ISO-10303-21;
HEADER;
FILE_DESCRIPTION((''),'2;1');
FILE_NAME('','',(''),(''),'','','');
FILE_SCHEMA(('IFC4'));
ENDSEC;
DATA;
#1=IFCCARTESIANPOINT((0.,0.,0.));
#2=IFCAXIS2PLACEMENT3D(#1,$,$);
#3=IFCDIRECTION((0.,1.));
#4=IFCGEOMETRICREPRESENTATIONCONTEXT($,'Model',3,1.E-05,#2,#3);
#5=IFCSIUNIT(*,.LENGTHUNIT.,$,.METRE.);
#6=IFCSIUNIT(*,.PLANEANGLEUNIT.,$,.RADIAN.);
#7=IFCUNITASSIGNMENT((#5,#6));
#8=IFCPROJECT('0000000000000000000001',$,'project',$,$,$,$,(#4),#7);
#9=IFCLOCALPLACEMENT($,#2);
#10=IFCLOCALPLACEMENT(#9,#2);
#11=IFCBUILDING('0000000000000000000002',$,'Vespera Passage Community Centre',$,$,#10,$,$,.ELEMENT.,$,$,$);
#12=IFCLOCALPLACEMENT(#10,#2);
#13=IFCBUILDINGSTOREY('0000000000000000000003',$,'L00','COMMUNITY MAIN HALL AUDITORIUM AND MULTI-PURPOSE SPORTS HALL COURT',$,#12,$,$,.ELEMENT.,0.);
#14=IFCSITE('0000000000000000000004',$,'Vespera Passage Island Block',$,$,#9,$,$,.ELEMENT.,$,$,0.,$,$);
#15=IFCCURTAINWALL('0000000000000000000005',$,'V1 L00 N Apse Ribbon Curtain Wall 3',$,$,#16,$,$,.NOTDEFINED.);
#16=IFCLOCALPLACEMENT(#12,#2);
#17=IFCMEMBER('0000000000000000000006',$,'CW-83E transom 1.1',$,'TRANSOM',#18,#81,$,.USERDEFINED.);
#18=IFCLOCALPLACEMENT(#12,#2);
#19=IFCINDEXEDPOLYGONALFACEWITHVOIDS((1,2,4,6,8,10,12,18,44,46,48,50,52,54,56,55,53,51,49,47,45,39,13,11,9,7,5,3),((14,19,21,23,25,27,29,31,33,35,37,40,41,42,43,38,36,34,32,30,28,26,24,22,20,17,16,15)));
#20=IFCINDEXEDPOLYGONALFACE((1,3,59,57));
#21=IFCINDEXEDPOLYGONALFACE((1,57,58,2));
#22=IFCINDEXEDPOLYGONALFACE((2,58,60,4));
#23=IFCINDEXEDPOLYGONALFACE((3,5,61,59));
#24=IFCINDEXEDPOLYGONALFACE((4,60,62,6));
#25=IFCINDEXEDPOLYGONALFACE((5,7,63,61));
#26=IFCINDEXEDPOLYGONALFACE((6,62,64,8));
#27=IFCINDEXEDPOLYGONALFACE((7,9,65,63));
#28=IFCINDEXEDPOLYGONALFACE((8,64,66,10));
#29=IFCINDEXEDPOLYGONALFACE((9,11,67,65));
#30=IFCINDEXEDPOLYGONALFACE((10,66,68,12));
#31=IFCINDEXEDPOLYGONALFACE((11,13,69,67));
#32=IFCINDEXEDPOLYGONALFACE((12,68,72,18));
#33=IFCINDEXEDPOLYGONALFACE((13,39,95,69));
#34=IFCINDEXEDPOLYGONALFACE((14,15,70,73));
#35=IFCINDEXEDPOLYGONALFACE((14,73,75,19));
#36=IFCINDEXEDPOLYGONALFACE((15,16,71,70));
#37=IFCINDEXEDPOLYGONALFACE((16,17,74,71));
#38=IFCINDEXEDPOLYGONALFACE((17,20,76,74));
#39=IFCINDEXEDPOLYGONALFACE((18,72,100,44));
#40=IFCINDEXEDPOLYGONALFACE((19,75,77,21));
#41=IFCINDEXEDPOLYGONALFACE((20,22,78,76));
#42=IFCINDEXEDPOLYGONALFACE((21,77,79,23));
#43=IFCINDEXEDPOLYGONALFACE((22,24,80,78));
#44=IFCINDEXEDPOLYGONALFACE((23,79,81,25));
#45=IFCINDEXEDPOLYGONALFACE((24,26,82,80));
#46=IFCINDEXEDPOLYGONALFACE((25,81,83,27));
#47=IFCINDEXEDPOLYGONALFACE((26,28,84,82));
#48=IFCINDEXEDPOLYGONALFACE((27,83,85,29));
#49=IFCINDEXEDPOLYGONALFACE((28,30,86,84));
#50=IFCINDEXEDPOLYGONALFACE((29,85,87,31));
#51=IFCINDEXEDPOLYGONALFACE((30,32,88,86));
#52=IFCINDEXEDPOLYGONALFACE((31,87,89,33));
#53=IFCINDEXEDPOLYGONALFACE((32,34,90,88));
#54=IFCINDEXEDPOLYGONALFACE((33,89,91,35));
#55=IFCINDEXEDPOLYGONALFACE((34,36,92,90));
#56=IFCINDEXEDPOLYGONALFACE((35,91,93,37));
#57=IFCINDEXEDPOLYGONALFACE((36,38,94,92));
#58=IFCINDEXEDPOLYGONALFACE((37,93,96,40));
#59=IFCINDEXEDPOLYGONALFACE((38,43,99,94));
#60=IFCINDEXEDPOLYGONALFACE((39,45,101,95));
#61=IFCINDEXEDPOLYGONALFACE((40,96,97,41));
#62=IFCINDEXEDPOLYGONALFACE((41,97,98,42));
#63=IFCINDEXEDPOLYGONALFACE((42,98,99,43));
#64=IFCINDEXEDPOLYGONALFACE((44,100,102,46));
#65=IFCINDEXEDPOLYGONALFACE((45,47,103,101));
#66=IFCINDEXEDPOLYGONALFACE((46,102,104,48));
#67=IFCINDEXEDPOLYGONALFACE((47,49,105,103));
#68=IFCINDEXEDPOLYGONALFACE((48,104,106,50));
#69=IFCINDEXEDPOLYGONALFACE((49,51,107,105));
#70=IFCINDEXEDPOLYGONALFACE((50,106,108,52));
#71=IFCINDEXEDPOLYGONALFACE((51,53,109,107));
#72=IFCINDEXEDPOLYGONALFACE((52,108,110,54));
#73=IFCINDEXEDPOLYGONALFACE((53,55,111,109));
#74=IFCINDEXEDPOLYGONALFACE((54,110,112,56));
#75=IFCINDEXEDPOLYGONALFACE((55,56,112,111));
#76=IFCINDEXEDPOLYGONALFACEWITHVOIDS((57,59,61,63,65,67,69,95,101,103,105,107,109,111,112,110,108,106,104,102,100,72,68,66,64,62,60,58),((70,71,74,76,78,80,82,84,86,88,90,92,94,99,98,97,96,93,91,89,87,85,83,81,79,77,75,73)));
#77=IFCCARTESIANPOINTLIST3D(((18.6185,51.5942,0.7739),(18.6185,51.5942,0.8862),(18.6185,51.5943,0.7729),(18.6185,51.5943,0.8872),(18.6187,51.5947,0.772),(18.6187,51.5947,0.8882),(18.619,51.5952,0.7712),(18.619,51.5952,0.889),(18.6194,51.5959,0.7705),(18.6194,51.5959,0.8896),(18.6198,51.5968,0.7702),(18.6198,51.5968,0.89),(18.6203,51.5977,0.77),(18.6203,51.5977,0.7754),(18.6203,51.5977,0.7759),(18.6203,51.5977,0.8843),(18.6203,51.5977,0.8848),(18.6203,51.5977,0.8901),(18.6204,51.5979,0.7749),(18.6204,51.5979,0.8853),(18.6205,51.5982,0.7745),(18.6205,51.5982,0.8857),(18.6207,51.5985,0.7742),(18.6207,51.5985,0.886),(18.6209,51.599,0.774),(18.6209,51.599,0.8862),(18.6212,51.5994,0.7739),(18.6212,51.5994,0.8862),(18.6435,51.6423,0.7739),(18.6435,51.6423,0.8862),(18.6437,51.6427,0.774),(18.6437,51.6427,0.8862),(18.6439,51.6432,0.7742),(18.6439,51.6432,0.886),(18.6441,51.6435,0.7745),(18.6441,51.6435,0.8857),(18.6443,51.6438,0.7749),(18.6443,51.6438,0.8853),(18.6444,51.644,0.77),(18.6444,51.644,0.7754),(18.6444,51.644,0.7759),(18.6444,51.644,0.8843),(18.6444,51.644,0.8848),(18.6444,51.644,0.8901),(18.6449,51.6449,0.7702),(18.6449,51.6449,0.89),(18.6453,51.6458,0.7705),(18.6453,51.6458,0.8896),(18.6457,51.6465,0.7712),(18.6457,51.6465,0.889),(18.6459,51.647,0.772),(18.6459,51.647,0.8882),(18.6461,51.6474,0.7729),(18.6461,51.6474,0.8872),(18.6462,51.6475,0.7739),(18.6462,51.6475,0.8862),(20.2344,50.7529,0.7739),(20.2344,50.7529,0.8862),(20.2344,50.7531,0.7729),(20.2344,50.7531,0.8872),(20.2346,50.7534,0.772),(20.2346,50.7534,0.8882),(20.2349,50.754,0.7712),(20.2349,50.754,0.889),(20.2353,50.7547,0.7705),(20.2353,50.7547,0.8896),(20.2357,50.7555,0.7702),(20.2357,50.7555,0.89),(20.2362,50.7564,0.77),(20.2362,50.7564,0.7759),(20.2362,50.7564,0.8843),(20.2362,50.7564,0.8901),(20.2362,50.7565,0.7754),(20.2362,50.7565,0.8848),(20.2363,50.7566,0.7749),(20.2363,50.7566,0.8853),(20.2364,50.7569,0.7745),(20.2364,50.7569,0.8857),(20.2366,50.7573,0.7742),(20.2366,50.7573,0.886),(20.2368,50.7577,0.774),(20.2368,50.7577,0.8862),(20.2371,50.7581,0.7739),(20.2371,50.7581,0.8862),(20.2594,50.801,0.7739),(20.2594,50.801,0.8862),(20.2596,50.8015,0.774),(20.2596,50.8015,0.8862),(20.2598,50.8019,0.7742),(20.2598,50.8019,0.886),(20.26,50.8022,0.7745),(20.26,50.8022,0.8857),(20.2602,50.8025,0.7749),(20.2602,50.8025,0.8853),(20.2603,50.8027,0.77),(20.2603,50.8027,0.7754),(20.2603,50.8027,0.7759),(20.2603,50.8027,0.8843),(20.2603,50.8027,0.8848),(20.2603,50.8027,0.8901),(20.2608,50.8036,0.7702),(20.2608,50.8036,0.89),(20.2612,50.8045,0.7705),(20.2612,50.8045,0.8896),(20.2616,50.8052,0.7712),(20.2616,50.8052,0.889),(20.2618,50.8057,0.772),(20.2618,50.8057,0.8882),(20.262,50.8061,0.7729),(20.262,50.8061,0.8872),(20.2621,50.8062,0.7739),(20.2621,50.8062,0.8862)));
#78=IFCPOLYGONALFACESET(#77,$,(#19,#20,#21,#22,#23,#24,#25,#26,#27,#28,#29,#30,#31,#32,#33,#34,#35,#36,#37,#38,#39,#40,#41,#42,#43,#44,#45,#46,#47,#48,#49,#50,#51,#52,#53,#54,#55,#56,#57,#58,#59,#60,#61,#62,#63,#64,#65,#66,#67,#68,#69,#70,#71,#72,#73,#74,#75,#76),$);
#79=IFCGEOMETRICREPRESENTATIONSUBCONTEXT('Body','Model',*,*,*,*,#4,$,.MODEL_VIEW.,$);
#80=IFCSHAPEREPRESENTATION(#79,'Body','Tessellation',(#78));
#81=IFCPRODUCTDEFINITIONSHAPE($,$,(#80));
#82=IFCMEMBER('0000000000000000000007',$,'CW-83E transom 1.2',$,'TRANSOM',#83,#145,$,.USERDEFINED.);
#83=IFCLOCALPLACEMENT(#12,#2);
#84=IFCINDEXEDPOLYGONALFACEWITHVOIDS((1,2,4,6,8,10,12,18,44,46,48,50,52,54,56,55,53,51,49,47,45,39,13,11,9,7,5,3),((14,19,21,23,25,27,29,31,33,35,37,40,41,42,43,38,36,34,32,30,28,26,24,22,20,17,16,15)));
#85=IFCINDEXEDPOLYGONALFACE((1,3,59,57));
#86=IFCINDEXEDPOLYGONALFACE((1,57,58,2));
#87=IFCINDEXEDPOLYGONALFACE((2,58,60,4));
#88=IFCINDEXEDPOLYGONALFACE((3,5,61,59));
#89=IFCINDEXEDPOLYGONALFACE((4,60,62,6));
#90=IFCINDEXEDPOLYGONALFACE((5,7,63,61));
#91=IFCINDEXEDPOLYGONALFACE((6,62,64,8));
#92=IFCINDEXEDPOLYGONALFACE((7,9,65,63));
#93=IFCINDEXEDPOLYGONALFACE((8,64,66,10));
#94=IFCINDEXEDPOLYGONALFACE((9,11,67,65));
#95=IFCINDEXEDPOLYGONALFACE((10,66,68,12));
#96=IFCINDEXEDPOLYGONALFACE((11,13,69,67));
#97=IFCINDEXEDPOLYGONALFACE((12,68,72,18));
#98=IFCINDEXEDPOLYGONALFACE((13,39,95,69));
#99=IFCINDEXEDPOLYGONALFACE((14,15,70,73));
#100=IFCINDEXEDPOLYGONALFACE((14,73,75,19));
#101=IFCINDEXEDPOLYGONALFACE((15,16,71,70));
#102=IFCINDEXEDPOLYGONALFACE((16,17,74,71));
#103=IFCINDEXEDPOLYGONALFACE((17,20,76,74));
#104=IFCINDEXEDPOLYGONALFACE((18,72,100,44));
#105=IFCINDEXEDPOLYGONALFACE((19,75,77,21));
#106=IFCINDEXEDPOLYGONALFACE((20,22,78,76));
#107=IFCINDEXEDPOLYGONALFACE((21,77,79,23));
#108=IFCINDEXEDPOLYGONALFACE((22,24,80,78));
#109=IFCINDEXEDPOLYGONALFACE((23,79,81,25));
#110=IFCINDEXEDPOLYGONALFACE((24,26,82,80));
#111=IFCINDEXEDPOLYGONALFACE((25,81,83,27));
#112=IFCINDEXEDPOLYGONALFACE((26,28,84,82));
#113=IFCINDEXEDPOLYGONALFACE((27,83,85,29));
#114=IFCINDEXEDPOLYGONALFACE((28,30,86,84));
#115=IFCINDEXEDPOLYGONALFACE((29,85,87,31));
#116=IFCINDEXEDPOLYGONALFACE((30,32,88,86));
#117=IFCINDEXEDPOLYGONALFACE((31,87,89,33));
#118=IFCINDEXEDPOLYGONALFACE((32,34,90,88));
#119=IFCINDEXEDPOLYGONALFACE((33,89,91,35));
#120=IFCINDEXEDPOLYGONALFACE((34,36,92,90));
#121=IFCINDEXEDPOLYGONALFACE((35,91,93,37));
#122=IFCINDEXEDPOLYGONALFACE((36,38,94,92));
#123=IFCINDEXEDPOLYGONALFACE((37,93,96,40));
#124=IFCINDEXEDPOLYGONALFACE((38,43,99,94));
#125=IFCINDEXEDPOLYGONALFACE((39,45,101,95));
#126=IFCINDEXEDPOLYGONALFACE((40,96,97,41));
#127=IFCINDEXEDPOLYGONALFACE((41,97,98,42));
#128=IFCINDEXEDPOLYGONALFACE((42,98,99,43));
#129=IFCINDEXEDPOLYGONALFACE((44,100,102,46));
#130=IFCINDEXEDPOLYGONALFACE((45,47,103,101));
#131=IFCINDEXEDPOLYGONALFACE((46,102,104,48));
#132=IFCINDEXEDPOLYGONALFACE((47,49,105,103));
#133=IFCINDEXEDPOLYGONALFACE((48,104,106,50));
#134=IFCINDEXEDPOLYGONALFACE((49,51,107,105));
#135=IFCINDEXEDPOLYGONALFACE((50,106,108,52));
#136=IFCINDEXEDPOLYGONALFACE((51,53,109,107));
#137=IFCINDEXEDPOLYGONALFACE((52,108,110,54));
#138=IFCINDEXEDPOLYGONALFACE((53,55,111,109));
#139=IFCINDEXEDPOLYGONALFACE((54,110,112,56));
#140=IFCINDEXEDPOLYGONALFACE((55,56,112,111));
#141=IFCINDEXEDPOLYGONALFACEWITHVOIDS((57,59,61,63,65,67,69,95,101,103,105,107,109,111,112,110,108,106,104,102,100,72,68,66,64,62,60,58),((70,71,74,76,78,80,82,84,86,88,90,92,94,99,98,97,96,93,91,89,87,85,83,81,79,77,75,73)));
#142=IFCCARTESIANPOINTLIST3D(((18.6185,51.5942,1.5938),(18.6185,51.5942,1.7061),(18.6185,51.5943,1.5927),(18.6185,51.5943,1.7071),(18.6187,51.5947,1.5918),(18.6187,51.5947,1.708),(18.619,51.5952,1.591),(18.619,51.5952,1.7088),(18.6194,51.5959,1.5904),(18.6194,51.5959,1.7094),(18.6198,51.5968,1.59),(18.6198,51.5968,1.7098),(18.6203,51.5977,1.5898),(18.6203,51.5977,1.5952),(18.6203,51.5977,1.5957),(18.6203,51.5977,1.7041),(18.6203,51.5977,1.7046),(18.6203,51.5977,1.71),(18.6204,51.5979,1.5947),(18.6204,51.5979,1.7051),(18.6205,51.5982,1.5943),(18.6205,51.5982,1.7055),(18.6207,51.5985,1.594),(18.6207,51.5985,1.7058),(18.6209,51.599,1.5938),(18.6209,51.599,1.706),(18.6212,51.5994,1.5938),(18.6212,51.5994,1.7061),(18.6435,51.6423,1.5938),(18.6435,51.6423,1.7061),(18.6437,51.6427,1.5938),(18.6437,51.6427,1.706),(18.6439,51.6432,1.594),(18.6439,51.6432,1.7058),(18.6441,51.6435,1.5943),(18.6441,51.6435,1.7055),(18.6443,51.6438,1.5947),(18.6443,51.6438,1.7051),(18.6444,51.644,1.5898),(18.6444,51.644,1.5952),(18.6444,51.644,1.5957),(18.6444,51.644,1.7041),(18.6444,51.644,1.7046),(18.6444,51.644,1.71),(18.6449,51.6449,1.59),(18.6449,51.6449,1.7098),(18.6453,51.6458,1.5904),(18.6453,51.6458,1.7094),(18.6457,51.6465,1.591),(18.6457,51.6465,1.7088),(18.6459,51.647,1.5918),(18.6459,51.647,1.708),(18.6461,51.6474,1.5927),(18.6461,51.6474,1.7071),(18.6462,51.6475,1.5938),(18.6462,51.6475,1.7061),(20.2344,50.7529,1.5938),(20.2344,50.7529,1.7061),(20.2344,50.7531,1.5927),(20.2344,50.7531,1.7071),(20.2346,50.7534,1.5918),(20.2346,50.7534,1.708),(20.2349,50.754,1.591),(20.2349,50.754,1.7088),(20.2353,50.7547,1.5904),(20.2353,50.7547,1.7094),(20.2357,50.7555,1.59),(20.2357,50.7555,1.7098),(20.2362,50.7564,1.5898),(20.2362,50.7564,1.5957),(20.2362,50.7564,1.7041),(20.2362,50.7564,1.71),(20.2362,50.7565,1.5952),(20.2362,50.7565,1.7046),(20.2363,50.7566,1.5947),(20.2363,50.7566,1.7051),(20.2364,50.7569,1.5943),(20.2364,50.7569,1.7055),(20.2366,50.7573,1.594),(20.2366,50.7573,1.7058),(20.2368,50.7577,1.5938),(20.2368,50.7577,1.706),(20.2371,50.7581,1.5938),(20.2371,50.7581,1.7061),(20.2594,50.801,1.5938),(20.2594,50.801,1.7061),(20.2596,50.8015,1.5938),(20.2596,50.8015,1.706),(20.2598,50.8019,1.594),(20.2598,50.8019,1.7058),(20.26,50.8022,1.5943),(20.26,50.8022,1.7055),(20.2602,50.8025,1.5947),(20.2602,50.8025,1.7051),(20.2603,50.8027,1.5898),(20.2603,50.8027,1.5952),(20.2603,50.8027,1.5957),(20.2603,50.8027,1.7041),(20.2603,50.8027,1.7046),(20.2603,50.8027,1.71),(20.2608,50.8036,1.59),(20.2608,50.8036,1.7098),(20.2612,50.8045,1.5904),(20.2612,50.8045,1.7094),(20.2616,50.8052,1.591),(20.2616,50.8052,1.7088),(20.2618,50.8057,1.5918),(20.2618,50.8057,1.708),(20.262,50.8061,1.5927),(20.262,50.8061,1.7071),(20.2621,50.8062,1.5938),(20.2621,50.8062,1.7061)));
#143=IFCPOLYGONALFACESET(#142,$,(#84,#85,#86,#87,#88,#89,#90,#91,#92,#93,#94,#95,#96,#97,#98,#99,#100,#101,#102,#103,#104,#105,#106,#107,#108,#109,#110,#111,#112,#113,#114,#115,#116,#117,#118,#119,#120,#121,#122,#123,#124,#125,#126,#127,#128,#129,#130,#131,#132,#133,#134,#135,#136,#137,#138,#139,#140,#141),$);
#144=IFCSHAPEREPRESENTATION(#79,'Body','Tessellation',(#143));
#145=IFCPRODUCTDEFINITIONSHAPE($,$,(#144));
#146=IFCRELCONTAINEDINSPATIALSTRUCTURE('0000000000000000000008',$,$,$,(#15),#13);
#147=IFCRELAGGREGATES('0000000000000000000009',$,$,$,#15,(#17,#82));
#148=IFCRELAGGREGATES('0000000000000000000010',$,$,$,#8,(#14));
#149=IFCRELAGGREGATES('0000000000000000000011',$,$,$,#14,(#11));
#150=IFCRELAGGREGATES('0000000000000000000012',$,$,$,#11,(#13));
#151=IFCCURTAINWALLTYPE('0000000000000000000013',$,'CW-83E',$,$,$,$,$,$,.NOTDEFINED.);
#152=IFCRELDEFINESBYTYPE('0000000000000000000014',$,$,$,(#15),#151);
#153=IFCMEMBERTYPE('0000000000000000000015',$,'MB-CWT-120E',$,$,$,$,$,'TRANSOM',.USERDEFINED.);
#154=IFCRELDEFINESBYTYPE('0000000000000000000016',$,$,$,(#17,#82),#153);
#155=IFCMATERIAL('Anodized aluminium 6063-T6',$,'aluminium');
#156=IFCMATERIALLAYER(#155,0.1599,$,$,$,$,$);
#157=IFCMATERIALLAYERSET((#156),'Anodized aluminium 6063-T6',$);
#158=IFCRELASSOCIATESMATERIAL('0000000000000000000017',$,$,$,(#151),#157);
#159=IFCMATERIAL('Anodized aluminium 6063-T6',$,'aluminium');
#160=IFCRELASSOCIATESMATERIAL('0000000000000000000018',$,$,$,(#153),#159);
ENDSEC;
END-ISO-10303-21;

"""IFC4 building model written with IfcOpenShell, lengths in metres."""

from ifc_helpers import new_model, si_unit, direction, frame, origin, origin_2d, place, context, subcontext, project, spatial, hollow_rectangle, extrude, material, layer, layer_set, material_profile, profile_set, type_object, element, aggregate, save


model = new_model("IFC4")

# Units and contexts
model_context = context("Model", 3, precision=1e-05, world=origin(), true_north=direction((0.0, 1.0)))
body_context = subcontext(model_context, "Body", "Model", "MODEL_VIEW")
ifc_project = project(units=[si_unit("LENGTHUNIT", "METRE"), si_unit("PLANEANGLEUNIT", "RADIAN")], contexts=[model_context])

# Site, building, storey
site_placement = place(None, origin())
site = spatial("IfcSite", under=ifc_project, at=site_placement, Name="Vespera Passage Island Block", CompositionType="ELEMENT", RefElevation=0.0)
building_placement = place(site_placement, origin())
building = spatial("IfcBuilding", under=site, at=building_placement, Name="Vespera Passage Community Centre", CompositionType="ELEMENT")
storey_placement = place(building_placement, origin())
storey = spatial("IfcBuildingStorey", under=building, at=storey_placement, Name="L00", Description="COMMUNITY MAIN HALL AUDITORIUM AND MULTI-PURPOSE SPORTS HALL COURT", CompositionType="ELEMENT", Elevation=0.0)

# Curtain wall, members
ifc_material_1 = material(Name="Anodized aluminium 6063-T6", Category="aluminium")
ifc_layer_1 = layer(ifc_material_1, 0.1599)
ifc_layer_set_1 = layer_set([ifc_layer_1], Name="Anodized aluminium 6063-T6")
curtain_wall_type = type_object("IfcCurtainWallType", Name="CW-83E", PredefinedType="NOTDEFINED", material=ifc_layer_set_1)
curtain_wall_placement = place(storey_placement, origin())
curtain_wall = element("IfcCurtainWall", 1, at=curtain_wall_placement, inside=storey, type_object=curtain_wall_type, Name="V1 L00 N Apse Ribbon Curtain Wall 3", PredefinedType="NOTDEFINED")
ifc_material_2 = material(Name="Anodized aluminium 6063-T6", Category="aluminium")
ifc_material_profile_1 = material_profile(ifc_material_2, hollow_rectangle(XDim=0.0601, YDim=0.1201, WallThickness=0.0039, InnerFilletRadius=0.002, OuterFilletRadius=0.0039, at=origin_2d()), Name="ALU120X60X4")
ifc_profile_set_1 = profile_set([ifc_material_profile_1], Name="Anodized aluminium 6063-T6")
member_type_1 = type_object("IfcMemberType", Name="MB-CWT-120E", ElementType="TRANSOM", PredefinedType="USERDEFINED", material=ifc_profile_set_1)
member_1_placement = place(storey_placement, frame((18.6323, 51.6208, 0.8301), z_axis=(0.886991, -0.461787, 0.0), x_axis=(0.461787, 0.886991, 0.0)))
member_1 = element("IfcMember", 2, at=member_1_placement, type_object=member_type_1, Name="CW-83E transom 1.1", ObjectType="TRANSOM", PredefinedType="USERDEFINED", context=body_context, shape_type="SweptSolid", body=[
    extrude(hollow_rectangle(XDim=0.0601, YDim=0.1201, WallThickness=0.0039, InnerFilletRadius=0.002, OuterFilletRadius=0.0039, at=origin_2d()), origin(), (0.0, 0.0, 1.0), 1.8218),
])
member_2_placement = place(storey_placement, frame((18.6323, 51.6208, 1.6499), z_axis=(0.886991, -0.461787, 0.0), x_axis=(0.461787, 0.886991, 0.0)))
member_2 = element("IfcMember", 3, at=member_2_placement, type_object=member_type_1, Name="CW-83E transom 1.2", ObjectType="TRANSOM", PredefinedType="USERDEFINED", context=body_context, shape_type="SweptSolid", body=[
    extrude(hollow_rectangle(XDim=0.0601, YDim=0.1201, WallThickness=0.0039, InnerFilletRadius=0.002, OuterFilletRadius=0.0039, at=origin_2d()), origin(), (0.0, 0.0, 1.0), 1.8218),
])
aggregate(curtain_wall, [member_1, member_2])

save(model, "model.ifc")
